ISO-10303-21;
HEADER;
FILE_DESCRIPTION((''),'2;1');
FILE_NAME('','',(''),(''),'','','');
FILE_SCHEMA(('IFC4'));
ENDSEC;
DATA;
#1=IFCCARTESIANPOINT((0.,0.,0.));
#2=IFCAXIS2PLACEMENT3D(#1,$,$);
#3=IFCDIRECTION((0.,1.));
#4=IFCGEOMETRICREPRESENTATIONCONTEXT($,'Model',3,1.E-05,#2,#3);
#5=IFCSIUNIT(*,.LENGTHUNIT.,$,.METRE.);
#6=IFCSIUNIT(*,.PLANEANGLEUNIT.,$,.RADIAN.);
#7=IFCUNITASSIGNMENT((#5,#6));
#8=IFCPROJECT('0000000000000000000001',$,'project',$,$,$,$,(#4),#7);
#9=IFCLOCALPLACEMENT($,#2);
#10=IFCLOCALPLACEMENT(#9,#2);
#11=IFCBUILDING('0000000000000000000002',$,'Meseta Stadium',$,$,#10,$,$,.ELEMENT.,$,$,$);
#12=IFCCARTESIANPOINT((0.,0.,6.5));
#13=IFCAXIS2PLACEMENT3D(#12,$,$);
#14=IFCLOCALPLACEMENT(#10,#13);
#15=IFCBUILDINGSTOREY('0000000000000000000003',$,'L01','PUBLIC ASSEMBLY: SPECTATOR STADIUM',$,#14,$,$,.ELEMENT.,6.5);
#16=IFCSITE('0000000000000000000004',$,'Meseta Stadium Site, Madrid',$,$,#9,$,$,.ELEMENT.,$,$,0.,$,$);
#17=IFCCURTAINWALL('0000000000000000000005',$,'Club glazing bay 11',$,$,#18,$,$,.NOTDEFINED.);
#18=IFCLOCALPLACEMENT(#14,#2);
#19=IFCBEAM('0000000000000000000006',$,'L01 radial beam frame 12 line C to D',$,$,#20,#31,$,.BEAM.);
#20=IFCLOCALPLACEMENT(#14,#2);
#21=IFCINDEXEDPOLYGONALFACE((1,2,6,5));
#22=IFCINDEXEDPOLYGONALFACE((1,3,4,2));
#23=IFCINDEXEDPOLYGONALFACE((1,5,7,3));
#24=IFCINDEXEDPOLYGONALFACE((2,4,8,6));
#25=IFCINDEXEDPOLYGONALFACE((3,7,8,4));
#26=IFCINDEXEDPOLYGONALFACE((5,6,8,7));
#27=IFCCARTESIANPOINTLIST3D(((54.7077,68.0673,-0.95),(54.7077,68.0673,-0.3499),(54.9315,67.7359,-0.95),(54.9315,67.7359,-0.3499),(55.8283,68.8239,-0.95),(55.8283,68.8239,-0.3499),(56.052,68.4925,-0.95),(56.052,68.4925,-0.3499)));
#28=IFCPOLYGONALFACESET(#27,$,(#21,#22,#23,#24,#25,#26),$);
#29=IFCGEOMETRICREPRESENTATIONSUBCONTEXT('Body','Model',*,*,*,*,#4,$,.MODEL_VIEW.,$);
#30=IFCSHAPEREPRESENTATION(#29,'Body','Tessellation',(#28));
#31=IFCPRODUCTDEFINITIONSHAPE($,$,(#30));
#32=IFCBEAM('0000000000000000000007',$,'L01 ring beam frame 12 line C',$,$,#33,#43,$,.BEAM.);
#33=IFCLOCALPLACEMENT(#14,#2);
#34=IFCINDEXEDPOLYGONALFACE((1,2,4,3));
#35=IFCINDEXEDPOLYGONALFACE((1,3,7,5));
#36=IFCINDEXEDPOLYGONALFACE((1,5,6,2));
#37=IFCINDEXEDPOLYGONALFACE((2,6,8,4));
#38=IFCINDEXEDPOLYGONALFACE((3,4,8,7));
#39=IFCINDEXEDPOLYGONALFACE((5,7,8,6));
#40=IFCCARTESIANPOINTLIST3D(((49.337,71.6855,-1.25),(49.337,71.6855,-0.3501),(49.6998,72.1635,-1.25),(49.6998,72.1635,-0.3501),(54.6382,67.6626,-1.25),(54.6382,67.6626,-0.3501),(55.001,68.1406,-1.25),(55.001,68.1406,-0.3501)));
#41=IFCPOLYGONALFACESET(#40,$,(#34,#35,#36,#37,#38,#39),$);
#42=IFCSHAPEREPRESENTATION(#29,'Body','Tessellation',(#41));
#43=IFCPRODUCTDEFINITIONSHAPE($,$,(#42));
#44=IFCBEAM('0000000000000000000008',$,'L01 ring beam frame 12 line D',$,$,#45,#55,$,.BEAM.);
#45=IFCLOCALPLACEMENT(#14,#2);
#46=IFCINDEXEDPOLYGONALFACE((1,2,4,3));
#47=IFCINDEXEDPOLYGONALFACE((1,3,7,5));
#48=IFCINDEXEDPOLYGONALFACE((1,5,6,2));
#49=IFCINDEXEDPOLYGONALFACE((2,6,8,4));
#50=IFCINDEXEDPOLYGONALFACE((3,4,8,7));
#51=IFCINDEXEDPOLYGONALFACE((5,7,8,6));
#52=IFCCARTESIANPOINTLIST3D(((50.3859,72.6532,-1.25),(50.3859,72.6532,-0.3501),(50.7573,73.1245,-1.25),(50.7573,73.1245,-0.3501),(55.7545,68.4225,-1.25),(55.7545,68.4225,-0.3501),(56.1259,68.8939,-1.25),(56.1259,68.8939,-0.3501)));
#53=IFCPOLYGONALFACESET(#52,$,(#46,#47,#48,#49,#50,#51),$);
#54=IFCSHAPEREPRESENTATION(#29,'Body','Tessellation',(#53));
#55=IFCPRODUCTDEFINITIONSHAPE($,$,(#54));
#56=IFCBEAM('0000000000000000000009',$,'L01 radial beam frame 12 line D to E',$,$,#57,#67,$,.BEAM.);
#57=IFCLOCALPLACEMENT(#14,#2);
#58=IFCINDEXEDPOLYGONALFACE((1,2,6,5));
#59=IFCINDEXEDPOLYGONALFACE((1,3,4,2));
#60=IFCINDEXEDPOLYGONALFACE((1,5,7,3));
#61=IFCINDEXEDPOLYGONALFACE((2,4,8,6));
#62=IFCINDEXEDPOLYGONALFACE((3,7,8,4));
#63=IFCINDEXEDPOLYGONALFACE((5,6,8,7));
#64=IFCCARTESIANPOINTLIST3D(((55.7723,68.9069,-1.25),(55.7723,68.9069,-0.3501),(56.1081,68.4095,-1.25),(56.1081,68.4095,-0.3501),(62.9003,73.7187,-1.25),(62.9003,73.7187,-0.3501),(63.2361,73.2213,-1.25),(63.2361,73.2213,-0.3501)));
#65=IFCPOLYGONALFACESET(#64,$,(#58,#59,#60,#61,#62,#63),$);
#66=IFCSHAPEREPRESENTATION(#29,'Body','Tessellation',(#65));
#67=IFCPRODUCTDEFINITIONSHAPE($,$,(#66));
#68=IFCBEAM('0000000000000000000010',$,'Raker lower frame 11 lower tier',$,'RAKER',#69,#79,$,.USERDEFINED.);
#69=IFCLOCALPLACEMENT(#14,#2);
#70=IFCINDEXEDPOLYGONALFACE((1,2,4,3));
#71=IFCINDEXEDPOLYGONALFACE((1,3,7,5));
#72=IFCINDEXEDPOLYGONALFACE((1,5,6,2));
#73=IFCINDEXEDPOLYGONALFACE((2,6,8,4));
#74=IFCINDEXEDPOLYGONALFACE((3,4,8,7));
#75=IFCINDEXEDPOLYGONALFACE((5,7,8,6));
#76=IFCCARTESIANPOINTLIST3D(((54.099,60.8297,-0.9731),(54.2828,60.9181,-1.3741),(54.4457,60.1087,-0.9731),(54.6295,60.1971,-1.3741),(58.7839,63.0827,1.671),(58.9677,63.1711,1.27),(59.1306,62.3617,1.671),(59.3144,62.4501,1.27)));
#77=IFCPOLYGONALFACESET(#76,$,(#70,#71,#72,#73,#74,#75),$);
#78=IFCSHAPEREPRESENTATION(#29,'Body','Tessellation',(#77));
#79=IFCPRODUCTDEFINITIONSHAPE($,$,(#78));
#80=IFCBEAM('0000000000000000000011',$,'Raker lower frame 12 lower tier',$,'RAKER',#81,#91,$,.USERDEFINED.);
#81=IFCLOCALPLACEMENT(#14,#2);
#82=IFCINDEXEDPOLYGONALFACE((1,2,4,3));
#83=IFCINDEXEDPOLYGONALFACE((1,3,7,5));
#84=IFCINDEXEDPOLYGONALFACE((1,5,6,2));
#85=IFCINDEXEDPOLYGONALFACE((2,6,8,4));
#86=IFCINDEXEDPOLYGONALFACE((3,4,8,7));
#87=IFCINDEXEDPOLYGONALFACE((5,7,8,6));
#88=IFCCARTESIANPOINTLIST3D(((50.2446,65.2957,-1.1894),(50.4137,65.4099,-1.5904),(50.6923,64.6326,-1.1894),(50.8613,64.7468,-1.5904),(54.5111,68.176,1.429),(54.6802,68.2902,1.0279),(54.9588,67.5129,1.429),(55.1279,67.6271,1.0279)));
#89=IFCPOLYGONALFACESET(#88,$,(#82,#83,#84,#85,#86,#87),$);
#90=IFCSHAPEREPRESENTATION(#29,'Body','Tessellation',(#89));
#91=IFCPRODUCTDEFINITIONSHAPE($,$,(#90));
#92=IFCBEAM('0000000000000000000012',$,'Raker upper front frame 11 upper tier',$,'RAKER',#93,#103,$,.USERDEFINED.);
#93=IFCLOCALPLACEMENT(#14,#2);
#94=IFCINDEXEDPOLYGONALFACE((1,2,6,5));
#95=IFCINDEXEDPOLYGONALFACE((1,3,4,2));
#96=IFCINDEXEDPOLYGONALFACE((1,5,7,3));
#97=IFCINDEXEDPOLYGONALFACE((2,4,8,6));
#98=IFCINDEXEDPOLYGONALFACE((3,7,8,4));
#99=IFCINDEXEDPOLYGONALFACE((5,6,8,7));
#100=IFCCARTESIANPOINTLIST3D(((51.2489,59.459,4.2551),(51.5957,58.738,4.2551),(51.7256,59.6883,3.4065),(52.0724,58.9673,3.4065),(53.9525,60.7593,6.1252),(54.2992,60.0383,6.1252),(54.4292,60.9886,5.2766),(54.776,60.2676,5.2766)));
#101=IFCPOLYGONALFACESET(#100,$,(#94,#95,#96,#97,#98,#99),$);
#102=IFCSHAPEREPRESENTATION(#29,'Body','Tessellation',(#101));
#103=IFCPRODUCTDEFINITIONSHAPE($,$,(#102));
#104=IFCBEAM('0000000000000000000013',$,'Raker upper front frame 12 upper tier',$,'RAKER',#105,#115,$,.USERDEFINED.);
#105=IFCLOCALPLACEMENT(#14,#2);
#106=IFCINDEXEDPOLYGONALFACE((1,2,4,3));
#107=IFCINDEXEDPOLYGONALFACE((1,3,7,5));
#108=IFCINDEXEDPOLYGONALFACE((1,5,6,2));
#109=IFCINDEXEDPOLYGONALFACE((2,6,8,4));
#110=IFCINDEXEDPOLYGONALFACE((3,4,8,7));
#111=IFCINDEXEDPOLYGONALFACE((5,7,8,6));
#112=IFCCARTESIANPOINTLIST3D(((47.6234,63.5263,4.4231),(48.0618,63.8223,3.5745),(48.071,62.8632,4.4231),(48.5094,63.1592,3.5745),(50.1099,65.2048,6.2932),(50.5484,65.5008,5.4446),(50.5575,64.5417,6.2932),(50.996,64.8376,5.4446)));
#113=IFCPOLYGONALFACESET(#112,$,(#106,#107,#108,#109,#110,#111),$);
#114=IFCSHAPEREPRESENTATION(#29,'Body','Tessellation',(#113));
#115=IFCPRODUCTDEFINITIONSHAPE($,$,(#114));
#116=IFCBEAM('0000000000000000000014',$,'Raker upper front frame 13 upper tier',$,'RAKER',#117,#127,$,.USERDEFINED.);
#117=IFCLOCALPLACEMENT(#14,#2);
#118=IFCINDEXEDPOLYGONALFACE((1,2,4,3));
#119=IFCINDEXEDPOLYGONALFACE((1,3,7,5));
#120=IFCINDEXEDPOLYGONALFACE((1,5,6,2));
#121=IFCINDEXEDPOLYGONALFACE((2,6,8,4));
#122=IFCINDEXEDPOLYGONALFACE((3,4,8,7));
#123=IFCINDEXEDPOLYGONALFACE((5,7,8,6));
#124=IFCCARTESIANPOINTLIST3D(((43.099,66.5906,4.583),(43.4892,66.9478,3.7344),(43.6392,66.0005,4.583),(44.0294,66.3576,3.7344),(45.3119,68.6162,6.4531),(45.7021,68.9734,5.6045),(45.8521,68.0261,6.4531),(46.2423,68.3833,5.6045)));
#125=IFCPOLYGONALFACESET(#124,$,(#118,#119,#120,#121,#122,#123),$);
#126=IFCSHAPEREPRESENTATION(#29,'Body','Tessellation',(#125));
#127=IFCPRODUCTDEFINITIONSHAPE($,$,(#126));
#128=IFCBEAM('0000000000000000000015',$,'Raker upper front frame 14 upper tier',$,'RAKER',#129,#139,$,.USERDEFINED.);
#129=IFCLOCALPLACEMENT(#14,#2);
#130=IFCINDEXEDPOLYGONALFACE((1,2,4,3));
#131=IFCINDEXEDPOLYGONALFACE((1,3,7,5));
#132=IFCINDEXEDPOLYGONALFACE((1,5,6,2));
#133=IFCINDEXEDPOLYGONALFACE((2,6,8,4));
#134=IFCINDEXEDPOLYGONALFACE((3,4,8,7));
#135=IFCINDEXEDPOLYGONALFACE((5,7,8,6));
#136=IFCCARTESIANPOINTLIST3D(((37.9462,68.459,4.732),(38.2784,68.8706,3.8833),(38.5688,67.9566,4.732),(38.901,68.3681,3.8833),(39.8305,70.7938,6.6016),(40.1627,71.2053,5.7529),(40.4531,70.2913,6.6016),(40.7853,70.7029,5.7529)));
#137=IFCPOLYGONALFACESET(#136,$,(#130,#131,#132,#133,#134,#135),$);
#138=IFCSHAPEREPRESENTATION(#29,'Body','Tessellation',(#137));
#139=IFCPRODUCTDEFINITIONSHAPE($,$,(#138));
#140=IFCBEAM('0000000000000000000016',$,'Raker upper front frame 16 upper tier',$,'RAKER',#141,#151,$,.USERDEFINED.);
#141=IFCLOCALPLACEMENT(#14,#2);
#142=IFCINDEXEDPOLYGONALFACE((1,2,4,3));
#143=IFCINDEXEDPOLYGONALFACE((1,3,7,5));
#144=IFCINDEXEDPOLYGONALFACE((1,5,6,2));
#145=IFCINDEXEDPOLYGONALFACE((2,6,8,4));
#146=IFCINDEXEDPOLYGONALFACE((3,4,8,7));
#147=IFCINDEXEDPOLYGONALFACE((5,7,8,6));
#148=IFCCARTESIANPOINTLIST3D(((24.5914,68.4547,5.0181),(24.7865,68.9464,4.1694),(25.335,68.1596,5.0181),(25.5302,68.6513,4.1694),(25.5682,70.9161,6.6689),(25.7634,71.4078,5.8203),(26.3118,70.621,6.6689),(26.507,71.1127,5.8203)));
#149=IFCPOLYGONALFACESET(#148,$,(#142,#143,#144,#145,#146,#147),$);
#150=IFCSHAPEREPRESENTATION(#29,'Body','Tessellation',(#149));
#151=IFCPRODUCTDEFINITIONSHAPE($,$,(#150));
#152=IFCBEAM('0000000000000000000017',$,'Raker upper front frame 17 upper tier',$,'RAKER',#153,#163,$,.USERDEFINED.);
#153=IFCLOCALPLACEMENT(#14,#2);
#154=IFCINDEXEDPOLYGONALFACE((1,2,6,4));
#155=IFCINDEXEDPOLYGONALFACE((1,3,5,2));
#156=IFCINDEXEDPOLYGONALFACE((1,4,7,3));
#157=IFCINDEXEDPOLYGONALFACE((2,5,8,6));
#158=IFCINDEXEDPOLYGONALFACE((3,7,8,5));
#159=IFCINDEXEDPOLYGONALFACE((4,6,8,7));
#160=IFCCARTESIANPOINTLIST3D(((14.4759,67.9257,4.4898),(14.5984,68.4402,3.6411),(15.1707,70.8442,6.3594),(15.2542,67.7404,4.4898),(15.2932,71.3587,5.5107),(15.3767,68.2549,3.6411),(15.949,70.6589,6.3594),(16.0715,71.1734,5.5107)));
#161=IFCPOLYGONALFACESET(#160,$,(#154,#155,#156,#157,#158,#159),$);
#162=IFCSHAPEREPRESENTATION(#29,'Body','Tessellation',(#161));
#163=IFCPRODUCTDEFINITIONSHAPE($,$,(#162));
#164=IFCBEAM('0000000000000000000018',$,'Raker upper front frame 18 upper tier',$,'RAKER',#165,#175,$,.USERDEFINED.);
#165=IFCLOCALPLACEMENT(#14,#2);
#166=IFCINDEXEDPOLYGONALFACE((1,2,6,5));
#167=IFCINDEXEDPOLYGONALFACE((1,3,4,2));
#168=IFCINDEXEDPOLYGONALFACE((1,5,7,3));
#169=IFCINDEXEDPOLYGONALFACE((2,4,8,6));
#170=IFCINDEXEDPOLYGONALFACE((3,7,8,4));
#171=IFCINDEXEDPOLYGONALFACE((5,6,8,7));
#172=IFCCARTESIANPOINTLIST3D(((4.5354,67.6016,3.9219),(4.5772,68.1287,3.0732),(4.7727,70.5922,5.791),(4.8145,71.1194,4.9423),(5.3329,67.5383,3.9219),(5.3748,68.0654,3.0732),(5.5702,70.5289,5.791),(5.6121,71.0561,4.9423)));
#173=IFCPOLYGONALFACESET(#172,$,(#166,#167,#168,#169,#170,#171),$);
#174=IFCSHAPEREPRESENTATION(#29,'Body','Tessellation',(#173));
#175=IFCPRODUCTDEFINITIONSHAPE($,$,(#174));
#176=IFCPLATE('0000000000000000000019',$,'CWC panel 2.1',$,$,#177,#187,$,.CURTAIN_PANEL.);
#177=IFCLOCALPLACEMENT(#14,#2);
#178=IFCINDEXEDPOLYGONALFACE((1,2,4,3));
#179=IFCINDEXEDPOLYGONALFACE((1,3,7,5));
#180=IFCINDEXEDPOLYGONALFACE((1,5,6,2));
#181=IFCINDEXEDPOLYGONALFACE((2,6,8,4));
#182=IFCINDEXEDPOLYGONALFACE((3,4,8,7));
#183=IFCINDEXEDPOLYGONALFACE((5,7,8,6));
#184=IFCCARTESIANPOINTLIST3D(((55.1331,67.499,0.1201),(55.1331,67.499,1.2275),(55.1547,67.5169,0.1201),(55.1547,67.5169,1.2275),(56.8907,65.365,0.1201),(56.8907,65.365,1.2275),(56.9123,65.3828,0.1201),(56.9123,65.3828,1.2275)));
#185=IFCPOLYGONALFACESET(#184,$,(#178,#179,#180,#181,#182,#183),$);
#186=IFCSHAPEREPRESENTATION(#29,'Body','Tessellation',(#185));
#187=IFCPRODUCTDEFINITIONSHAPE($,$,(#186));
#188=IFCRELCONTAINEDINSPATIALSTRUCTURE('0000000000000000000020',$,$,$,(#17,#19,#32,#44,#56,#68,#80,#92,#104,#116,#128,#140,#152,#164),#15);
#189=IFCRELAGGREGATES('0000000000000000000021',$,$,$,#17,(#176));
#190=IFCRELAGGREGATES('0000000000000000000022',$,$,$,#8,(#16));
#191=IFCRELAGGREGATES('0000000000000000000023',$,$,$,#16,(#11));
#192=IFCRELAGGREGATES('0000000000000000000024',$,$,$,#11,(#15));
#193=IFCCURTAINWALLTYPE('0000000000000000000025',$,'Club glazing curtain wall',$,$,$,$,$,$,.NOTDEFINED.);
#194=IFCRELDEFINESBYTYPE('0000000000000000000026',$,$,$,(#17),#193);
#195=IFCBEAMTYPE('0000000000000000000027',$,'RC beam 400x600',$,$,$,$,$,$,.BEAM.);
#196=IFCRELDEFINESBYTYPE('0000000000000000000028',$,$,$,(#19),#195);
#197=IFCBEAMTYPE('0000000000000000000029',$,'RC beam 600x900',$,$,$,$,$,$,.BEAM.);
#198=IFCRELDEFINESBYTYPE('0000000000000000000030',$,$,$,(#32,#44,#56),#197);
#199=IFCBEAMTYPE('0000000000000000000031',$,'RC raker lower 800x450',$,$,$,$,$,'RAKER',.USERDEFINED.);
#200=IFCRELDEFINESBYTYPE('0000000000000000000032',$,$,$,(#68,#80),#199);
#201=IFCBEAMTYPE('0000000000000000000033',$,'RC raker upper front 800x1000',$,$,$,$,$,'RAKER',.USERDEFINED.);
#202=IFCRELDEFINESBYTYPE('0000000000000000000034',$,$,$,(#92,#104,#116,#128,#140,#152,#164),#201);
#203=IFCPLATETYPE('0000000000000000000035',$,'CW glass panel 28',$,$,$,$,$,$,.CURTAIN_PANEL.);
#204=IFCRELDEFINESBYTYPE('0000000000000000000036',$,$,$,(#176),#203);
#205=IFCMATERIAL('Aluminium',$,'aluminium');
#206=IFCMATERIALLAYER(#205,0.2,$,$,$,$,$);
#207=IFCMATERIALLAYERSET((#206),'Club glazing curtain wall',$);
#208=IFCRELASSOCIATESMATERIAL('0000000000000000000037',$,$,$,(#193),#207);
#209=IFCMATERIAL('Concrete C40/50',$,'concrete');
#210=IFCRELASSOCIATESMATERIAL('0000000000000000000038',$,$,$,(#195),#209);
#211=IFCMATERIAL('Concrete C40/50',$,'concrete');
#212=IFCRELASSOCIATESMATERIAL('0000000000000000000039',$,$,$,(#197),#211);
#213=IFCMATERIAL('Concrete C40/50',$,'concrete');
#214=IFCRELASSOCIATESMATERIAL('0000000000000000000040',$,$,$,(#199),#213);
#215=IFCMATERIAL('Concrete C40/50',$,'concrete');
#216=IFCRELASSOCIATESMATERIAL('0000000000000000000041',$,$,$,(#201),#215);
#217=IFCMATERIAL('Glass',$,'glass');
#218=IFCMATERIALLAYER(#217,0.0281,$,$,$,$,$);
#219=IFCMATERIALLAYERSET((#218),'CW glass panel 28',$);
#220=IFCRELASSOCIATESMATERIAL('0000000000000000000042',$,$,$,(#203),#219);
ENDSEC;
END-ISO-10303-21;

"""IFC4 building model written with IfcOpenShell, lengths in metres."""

from ifc_helpers import new_model, si_unit, direction, frame, origin, origin_2d, place, context, subcontext, project, spatial, rectangle, extrude, material, layer, layer_set, material_profile, profile_set, type_object, element, aggregate, save


model = new_model("IFC4")

# Units and contexts
model_context = context("Model", 3, precision=1e-05, world=origin(), true_north=direction((0.0, 1.0)))
body_context = subcontext(model_context, "Body", "Model", "MODEL_VIEW")
ifc_project = project(units=[si_unit("LENGTHUNIT", "METRE"), si_unit("PLANEANGLEUNIT", "RADIAN")], contexts=[model_context])

# Site, building, storey
site_placement = place(None, origin())
site = spatial("IfcSite", under=ifc_project, at=site_placement, Name="Meseta Stadium Site, Madrid", CompositionType="ELEMENT", RefElevation=0.0)
building_placement = place(site_placement, origin())
building = spatial("IfcBuilding", under=site, at=building_placement, Name="Meseta Stadium", CompositionType="ELEMENT")
storey_placement = place(building_placement, frame((0.0, 0.0, 6.5)))
storey = spatial("IfcBuildingStorey", under=building, at=storey_placement, Name="L01", Description="PUBLIC ASSEMBLY: SPECTATOR STADIUM", CompositionType="ELEMENT", Elevation=6.5)

# Curtain wall
ifc_material_1 = material(Name="Aluminium", Category="aluminium")
ifc_layer_1 = layer(ifc_material_1, 0.2)
ifc_layer_set_1 = layer_set([ifc_layer_1], Name="Club glazing curtain wall")
curtain_wall_type = type_object("IfcCurtainWallType", Name="Club glazing curtain wall", PredefinedType="NOTDEFINED", material=ifc_layer_set_1)
curtain_wall_1_placement = place(storey_placement, origin())
curtain_wall_1 = element("IfcCurtainWall", 1, at=curtain_wall_1_placement, inside=storey, type_object=curtain_wall_type, Name="Club glazing bay 11", PredefinedType="NOTDEFINED")

# Beams
ifc_material_2 = material(Name="Concrete C40/50", Category="concrete")
ifc_material_profile_1 = material_profile(ifc_material_2, rectangle(XDim=0.3999, YDim=0.6001, at=origin_2d()), Name="RC 400x600")
ifc_profile_set_1 = profile_set([ifc_material_profile_1], Name="Concrete C40/50")
beam_type_1 = type_object("IfcBeamType", Name="RC beam 400x600", PredefinedType="BEAM", material=ifc_profile_set_1)
beam_1_placement = place(storey_placement, frame((54.8196, 67.9016, -0.6499), z_axis=(0.828786, 0.559566, 0.0), x_axis=(-0.559566, 0.828786, 0.0)))
element("IfcBeam", 2, at=beam_1_placement, inside=storey, type_object=beam_type_1, Name="L01 radial beam frame 12 line C to D", PredefinedType="BEAM", context=body_context, shape_type="SweptSolid", body=[
    extrude(rectangle(XDim=0.3999, YDim=0.6001, at=origin_2d()), origin(), (0.0, 0.0, 1.0), 1.3521),
])
ifc_material_3 = material(Name="Concrete C40/50", Category="concrete")
ifc_material_profile_2 = material_profile(ifc_material_3, rectangle(XDim=0.6001, YDim=0.8999, at=origin_2d()), Name="RC 600x900")
ifc_profile_set_2 = profile_set([ifc_material_profile_2], Name="Concrete C40/50")
beam_type_2 = type_object("IfcBeamType", Name="RC beam 600x900", PredefinedType="BEAM", material=ifc_profile_set_2)
beam_2_placement = place(storey_placement, frame((54.8196, 67.9016, -0.8), z_axis=(-0.796597, 0.60451, 0.0), x_axis=(-0.60451, -0.796597, 0.0)))
element("IfcBeam", 3, at=beam_2_placement, inside=storey, type_object=beam_type_2, Name="L01 ring beam frame 12 line C", PredefinedType="BEAM", context=body_context, shape_type="SweptSolid", body=[
    extrude(rectangle(XDim=0.6001, YDim=0.8999, at=origin_2d()), origin(), (0.0, 0.0, 1.0), 6.6548),
])
beam_3_placement = place(storey_placement, frame((55.9402, 68.6582, -0.8), z_axis=(-0.78543, 0.61895, 0.0), x_axis=(-0.61895, -0.78543, 0.0)))
element("IfcBeam", 4, at=beam_3_placement, inside=storey, type_object=beam_type_2, Name="L01 ring beam frame 12 line D", PredefinedType="BEAM", context=body_context, shape_type="SweptSolid", body=[
    extrude(rectangle(XDim=0.6001, YDim=0.8999, at=origin_2d()), origin(), (0.0, 0.0, 1.0), 6.8352),
])
beam_4_placement = place(storey_placement, frame((55.9402, 68.6582, -0.8), z_axis=(0.828826, 0.559506, 0.0), x_axis=(-0.559506, 0.828826, 0.0)))
element("IfcBeam", 5, at=beam_4_placement, inside=storey, type_object=beam_type_2, Name="L01 radial beam frame 12 line D to E", PredefinedType="BEAM", context=body_context, shape_type="SweptSolid", body=[
    extrude(rectangle(XDim=0.6001, YDim=0.8999, at=origin_2d()), origin(), (0.0, 0.0, 1.0), 8.6001),
])
ifc_material_4 = material(Name="Concrete C40/50", Category="concrete")
ifc_material_profile_3 = material_profile(ifc_material_4, rectangle(XDim=0.8, YDim=0.45, at=origin_2d()), Name="RC 800x450")
ifc_profile_set_3 = profile_set([ifc_material_profile_3], Name="Concrete C40/50")
beam_type_3 = type_object("IfcBeamType", Name="RC raker lower 800x450", ElementType="RAKER", PredefinedType="USERDEFINED", material=ifc_profile_set_3)
beam_5_placement = place(storey_placement, frame((54.3643, 60.5134, -1.1736), z_axis=(0.803272, 0.386294, 0.453355), x_axis=(-0.433391, 0.901206, 0.0)))
element("IfcBeam", 6, at=beam_5_placement, inside=storey, type_object=beam_type_3, Name="Raker lower frame 11 lower tier", ObjectType="RAKER", PredefinedType="USERDEFINED", context=body_context, shape_type="SweptSolid", body=[
    extrude(rectangle(XDim=0.8, YDim=0.45, at=origin_2d()), origin(), (0.0, 0.0, 1.0), 5.8323),
])
beam_6_placement = place(storey_placement, frame((50.553, 65.0212, -1.3899), z_axis=(0.738741, 0.498722, 0.453364), x_axis=(-0.559528, 0.828811, 0.0)))
element("IfcBeam", 7, at=beam_6_placement, inside=storey, type_object=beam_type_3, Name="Raker lower frame 12 lower tier", ObjectType="RAKER", PredefinedType="USERDEFINED", context=body_context, shape_type="SweptSolid", body=[
    extrude(rectangle(XDim=0.8, YDim=0.45, at=origin_2d()), origin(), (0.0, 0.0, 1.0), 5.7754),
])
ifc_material_5 = material(Name="Concrete C40/50", Category="concrete")
ifc_material_profile_4 = material_profile(ifc_material_5, rectangle(XDim=0.8, YDim=1.0, at=origin_2d()), Name="RC 800x1000")
ifc_profile_set_4 = profile_set([ifc_material_profile_4], Name="Concrete C40/50")
beam_type_4 = type_object("IfcBeamType", Name="RC raker upper front 800x1000", ElementType="RAKER", PredefinedType="USERDEFINED", material=ifc_profile_set_4)
for number, where, z_axis, x_axis, name in (
    (8, (51.6606, 59.2131, 3.8308), (0.76477, 0.367813, 0.528999), (-0.433424, 0.90119, 0.0), "Raker upper front frame 11 upper tier"),
    (9, (48.0664, 63.3428, 3.9988), (0.703376, 0.474787, 0.528999), (-0.55948, 0.828844, 0.0), "Raker upper front frame 12 upper tier"),
    (10, (43.5642, 66.4741, 4.1587), (0.625965, 0.572995, 0.529004), (-0.675209, 0.737627, 0.0), "Raker upper front frame 13 upper tier"),
    (11, (38.4236, 68.4136, 4.3076), (0.53302, 0.660439, 0.528876), (-0.778178, 0.628043, 0.0), "Raker upper front frame 14 upper tier"),
):
    element("IfcBeam", number, at=place(storey_placement, frame(where, z_axis=z_axis, x_axis=x_axis)), inside=storey, type_object=beam_type_4, Name=name, ObjectType="RAKER", PredefinedType="USERDEFINED", context=body_context, shape_type="SweptSolid", body=[
        extrude(rectangle(XDim=0.8, YDim=1.0, at=origin_2d()), origin(), (0.0, 0.0, 1.0), 3.5352),
    ])
beam_7_placement = place(storey_placement, frame((25.0608, 68.553, 4.5938), z_axis=(0.313018, 0.788766, 0.529025), x_axis=(-0.929484, 0.368862, 0.0)))
element("IfcBeam", 12, at=beam_7_placement, inside=storey, type_object=beam_type_4, Name="Raker upper front frame 16 upper tier", ObjectType="RAKER", PredefinedType="USERDEFINED", context=body_context, shape_type="SweptSolid", body=[
    extrude(rectangle(XDim=0.8, YDim=1.0, at=origin_2d()), origin(), (0.0, 0.0, 1.0), 3.1206),
])
beam_8_placement = place(storey_placement, frame((14.9263, 68.0903, 4.0654), z_axis=(0.19656, 0.825607, 0.528902), x_axis=(-0.97281, 0.231606, 0.0)))
element("IfcBeam", 13, at=beam_8_placement, inside=storey, type_object=beam_type_4, Name="Raker upper front frame 17 upper tier", ObjectType="RAKER", PredefinedType="USERDEFINED", context=body_context, shape_type="SweptSolid", body=[
    extrude(rectangle(XDim=0.8, YDim=1.0, at=origin_2d()), origin(), (0.0, 0.0, 1.0), 3.5349),
])
beam_9_placement = place(storey_placement, frame((4.9551, 67.8335, 3.4976), z_axis=(0.067135, 0.846093, 0.528791), x_axis=(-0.996867, 0.079098, 0.0)))
element("IfcBeam", 14, at=beam_9_placement, inside=storey, type_object=beam_type_4, Name="Raker upper front frame 18 upper tier", ObjectType="RAKER", PredefinedType="USERDEFINED", context=body_context, shape_type="SweptSolid", body=[
    extrude(rectangle(XDim=0.8, YDim=1.0, at=origin_2d()), origin(), (0.0, 0.0, 1.0), 3.5347),
])

# Plate
ifc_material_6 = material(Name="Glass", Category="glass")
ifc_layer_2 = layer(ifc_material_6, 0.0281)
ifc_layer_set_2 = layer_set([ifc_layer_2], Name="CW glass panel 28")
plate_type = type_object("IfcPlateType", Name="CW glass panel 28", PredefinedType="CURTAIN_PANEL", material=ifc_layer_set_2)
plate_1_placement = place(storey_placement, frame((56.0227, 66.4409, 0.1201), z_axis=(0.0, 0.0, 1.0), x_axis=(-0.635741, 0.771902, 0.0)))
plate_1 = element("IfcPlate", 15, at=plate_1_placement, type_object=plate_type, Name="CWC panel 2.1", PredefinedType="CURTAIN_PANEL", context=body_context, shape_type="SweptSolid", body=[
    extrude(rectangle(XDim=2.7646, YDim=0.0281, at=origin_2d()), origin(), (0.0, 0.0, 1.0), 1.1074),
])
aggregate(curtain_wall_1, [plate_1])

save(model, "model.ifc")
